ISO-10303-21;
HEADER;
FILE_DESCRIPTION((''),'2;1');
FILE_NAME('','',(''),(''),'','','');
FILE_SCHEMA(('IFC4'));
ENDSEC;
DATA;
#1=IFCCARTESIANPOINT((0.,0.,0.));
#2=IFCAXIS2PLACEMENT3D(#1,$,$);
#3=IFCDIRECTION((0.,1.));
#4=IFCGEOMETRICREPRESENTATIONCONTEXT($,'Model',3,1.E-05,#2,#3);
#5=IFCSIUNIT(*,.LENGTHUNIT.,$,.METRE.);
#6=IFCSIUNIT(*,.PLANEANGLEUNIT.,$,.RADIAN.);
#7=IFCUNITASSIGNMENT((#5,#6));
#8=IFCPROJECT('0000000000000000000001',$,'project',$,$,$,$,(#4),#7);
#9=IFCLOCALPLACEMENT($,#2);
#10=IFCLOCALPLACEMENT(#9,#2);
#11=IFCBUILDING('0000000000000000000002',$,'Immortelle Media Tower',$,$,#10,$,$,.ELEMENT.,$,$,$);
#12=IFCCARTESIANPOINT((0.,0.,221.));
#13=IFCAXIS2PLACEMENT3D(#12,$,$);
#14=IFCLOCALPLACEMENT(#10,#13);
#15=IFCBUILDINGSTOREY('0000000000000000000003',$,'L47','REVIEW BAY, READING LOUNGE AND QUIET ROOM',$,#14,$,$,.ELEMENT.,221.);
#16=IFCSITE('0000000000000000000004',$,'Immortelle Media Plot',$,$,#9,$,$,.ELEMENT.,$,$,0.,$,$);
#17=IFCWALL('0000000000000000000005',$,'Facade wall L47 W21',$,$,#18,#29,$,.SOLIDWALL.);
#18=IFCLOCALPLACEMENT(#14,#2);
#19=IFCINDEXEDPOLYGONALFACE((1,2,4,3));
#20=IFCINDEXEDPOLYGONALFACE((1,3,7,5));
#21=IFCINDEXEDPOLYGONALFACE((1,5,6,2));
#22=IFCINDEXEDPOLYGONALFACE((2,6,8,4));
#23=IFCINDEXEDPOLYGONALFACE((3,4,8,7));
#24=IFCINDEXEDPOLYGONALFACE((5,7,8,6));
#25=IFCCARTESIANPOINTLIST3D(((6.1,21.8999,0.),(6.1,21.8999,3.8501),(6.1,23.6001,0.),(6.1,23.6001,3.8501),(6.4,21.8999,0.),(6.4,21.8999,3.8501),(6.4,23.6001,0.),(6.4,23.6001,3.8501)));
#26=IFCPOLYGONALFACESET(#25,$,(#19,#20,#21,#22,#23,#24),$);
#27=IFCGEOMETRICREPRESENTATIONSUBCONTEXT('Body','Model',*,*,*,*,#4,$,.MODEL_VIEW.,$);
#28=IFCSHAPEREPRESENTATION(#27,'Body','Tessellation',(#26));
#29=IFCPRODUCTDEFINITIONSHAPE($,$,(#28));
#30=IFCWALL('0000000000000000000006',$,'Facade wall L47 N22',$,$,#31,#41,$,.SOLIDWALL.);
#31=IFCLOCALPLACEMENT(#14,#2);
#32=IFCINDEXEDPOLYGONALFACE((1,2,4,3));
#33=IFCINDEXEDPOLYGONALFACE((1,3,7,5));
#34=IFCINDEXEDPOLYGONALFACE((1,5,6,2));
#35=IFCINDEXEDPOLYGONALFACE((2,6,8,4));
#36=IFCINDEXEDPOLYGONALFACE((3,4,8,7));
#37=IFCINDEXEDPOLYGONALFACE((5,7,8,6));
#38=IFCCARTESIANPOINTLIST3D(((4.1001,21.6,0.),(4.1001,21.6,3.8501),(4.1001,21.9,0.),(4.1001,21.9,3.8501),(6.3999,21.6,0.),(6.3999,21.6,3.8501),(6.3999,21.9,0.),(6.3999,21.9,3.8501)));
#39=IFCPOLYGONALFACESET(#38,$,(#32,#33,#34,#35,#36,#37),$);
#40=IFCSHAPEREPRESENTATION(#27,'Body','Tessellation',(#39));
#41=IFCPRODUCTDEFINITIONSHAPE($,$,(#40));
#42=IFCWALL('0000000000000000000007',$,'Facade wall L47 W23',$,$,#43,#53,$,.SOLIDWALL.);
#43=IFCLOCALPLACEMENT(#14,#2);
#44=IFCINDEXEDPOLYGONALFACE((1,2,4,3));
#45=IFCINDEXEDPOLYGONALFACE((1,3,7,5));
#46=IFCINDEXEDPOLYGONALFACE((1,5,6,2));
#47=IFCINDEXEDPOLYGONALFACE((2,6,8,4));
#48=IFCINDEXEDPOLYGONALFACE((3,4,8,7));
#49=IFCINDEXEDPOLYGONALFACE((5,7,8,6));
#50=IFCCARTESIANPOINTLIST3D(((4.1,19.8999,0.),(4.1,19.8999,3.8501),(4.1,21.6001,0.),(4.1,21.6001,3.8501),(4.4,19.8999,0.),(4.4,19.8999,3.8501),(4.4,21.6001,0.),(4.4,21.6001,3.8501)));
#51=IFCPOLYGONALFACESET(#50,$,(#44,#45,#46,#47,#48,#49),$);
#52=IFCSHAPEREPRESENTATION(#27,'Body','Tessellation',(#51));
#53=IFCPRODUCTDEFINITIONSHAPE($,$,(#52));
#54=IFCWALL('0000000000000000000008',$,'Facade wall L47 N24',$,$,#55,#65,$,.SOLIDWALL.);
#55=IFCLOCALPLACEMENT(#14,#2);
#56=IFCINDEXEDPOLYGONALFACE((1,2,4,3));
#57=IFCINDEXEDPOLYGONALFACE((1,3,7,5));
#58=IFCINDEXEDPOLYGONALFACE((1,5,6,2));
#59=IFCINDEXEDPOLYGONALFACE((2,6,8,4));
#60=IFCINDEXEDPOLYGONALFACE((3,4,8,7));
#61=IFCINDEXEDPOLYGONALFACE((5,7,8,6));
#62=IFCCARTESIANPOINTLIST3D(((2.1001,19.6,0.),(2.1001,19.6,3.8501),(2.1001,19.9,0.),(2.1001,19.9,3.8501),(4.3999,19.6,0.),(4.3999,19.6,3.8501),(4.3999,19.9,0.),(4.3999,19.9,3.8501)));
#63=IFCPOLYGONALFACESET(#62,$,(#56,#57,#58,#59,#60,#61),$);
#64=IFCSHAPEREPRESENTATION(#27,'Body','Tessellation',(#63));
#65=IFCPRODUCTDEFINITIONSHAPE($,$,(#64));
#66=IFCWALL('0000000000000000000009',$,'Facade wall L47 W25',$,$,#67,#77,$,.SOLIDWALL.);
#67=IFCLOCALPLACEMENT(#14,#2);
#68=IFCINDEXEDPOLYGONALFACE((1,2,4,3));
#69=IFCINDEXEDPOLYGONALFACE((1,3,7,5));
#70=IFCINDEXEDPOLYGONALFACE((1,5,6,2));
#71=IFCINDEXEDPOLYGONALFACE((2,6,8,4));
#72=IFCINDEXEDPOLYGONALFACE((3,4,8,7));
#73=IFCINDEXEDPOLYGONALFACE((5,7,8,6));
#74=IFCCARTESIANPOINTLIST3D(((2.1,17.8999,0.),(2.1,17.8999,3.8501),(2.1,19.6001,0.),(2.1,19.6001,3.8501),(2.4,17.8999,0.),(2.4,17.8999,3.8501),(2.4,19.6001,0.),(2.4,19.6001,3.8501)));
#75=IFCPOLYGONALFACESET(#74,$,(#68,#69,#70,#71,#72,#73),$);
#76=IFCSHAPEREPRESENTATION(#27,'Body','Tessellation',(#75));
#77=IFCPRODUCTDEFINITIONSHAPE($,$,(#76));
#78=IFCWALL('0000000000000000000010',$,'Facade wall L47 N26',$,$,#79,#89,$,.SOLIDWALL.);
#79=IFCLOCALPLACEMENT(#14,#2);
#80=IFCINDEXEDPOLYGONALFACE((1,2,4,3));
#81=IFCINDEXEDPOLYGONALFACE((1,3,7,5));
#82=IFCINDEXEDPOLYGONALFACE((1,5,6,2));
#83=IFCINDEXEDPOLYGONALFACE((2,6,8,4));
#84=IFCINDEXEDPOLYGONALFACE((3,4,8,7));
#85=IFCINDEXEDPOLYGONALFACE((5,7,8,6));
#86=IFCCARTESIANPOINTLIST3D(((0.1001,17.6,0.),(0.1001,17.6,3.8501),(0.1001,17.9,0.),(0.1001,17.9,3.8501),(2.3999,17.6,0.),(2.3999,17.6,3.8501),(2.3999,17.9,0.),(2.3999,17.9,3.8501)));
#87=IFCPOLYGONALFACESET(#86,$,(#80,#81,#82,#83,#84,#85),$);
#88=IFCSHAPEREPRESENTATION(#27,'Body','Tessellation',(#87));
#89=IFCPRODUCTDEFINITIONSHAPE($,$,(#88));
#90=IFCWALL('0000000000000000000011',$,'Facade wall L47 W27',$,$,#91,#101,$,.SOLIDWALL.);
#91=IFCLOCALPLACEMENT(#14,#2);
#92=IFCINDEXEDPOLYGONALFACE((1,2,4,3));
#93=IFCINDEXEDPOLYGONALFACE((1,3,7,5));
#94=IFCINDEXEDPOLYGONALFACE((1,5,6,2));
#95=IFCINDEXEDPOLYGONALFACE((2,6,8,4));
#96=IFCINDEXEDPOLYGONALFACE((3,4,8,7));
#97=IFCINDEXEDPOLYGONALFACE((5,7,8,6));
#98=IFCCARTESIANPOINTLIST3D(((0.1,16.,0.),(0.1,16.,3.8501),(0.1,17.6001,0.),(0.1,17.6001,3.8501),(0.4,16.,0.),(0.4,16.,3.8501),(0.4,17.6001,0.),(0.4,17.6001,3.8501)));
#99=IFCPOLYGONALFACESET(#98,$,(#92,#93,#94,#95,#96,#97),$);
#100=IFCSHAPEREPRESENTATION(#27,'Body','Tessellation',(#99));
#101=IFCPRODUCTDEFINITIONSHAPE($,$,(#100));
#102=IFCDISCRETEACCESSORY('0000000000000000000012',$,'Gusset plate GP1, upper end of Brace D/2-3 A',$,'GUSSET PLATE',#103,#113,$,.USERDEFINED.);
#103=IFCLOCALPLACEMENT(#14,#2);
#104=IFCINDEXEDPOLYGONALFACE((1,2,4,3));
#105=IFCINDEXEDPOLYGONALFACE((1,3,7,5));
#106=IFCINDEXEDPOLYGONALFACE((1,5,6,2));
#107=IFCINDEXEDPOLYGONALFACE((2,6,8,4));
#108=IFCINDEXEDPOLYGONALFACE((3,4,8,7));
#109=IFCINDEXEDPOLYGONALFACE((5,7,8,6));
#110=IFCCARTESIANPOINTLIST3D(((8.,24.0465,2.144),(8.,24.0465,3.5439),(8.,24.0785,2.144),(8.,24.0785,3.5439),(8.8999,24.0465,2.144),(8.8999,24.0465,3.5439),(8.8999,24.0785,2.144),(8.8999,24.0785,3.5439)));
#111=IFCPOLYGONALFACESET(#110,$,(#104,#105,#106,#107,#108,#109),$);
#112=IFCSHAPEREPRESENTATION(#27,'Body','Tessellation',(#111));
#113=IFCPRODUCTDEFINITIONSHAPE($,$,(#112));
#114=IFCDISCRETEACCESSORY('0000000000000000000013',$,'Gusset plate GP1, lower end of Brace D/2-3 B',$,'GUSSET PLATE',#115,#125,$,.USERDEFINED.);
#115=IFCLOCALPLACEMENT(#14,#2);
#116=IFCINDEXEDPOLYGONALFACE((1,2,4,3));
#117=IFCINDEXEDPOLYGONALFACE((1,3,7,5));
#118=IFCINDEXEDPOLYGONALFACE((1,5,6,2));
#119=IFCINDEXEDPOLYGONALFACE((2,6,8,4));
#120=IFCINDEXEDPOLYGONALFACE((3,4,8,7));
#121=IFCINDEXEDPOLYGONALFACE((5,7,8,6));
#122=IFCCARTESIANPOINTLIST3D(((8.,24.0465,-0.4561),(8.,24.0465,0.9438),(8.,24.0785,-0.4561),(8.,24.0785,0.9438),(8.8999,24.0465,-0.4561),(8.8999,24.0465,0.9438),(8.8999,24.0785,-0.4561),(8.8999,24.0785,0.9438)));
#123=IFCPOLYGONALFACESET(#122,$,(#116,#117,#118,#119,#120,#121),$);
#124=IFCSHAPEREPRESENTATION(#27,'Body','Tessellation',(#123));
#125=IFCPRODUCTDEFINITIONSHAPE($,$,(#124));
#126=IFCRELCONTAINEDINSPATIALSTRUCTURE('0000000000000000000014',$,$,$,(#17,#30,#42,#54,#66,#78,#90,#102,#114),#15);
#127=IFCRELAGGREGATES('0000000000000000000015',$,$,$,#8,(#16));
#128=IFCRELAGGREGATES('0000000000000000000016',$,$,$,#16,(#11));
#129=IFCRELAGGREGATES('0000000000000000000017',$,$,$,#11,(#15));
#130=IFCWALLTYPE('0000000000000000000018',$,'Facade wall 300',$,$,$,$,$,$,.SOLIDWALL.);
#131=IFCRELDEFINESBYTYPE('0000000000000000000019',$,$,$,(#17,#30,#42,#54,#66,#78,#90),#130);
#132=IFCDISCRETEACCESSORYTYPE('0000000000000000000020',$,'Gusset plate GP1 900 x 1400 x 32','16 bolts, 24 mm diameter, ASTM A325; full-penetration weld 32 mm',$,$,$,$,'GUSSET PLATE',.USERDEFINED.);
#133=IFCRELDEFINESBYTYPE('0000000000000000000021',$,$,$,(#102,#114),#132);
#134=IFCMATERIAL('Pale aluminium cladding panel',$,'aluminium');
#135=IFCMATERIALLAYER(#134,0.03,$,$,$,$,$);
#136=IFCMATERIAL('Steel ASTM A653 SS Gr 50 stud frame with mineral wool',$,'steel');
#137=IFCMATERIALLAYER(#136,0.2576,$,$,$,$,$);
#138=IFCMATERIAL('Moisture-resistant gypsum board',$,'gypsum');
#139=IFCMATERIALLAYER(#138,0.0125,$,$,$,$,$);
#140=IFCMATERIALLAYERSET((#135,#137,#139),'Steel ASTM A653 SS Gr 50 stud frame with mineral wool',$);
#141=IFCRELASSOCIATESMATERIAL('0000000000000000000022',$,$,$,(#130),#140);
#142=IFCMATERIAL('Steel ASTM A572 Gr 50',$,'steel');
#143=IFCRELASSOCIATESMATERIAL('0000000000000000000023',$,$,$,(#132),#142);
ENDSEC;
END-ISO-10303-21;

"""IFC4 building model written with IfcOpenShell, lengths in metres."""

from ifc_helpers import new_model, si_unit, direction, frame, frame_2d, origin, origin_2d, place, context, subcontext, project, spatial, rectangle, extrude, material, layer, layer_set, material_profile, profile_set, type_object, element, save


model = new_model("IFC4")

# Units and contexts
model_context = context("Model", 3, precision=1e-05, world=origin(), true_north=direction((0.0, 1.0)))
body_context = subcontext(model_context, "Body", "Model", "MODEL_VIEW")
ifc_project = project(units=[si_unit("LENGTHUNIT", "METRE"), si_unit("PLANEANGLEUNIT", "RADIAN")], contexts=[model_context])

# Site, building, storey
site_placement = place(None, origin())
site = spatial("IfcSite", under=ifc_project, at=site_placement, Name="Immortelle Media Plot", CompositionType="ELEMENT", RefElevation=0.0)
building_placement = place(site_placement, origin())
building = spatial("IfcBuilding", under=site, at=building_placement, Name="Immortelle Media Tower", CompositionType="ELEMENT")
storey_placement = place(building_placement, frame((0.0, 0.0, 221.0)))
storey = spatial("IfcBuildingStorey", under=building, at=storey_placement, Name="L47", Description="REVIEW BAY, READING LOUNGE AND QUIET ROOM", CompositionType="ELEMENT", Elevation=221.0)

# Walls
ifc_material_1 = material(Name="Steel ASTM A653 SS Gr 50 stud frame with mineral wool", Category="steel")
ifc_material_2 = material(Name="Pale aluminium cladding panel", Category="aluminium")
ifc_layer_1 = layer(ifc_material_2, 0.03)
ifc_layer_2 = layer(ifc_material_1, 0.2576)
ifc_material_3 = material(Name="Moisture-resistant gypsum board", Category="gypsum")
ifc_layer_3 = layer(ifc_material_3, 0.0125)
ifc_layer_set_1 = layer_set([ifc_layer_1, ifc_layer_2, ifc_layer_3], Name="Steel ASTM A653 SS Gr 50 stud frame with mineral wool")
wall_type_1 = type_object("IfcWallType", Name="Facade wall 300", PredefinedType="SOLIDWALL", material=ifc_layer_set_1)
wall_1_placement = place(storey_placement, frame((6.25, 23.6001, 0.0), z_axis=(0.0, 0.0, 1.0), x_axis=(0.0, -1.0, 0.0)))
element("IfcWall", 1, at=wall_1_placement, inside=storey, type_object=wall_type_1, Name="Facade wall L47 W21", PredefinedType="SOLIDWALL", context=body_context, shape_type="SweptSolid", body=[
    extrude(rectangle(XDim=1.7002, YDim=0.3, at=frame_2d((0.8501, 0.0))), origin(), (0.0, 0.0, 1.0), 3.8501),
])
wall_2_placement = place(storey_placement, frame((6.3999, 21.75, 0.0), z_axis=(0.0, 0.0, 1.0), x_axis=(-1.0, 0.0, 0.0)))
element("IfcWall", 2, at=wall_2_placement, inside=storey, type_object=wall_type_1, Name="Facade wall L47 N22", PredefinedType="SOLIDWALL", context=body_context, shape_type="SweptSolid", body=[
    extrude(rectangle(XDim=2.2998, YDim=0.3, at=frame_2d((1.1499, 0.0))), origin(), (0.0, 0.0, 1.0), 3.8501),
])
wall_3_placement = place(storey_placement, frame((4.25, 21.6001, 0.0), z_axis=(0.0, 0.0, 1.0), x_axis=(0.0, -1.0, 0.0)))
element("IfcWall", 3, at=wall_3_placement, inside=storey, type_object=wall_type_1, Name="Facade wall L47 W23", PredefinedType="SOLIDWALL", context=body_context, shape_type="SweptSolid", body=[
    extrude(rectangle(XDim=1.7002, YDim=0.3, at=frame_2d((0.8501, 0.0))), origin(), (0.0, 0.0, 1.0), 3.8501),
])
wall_4_placement = place(storey_placement, frame((4.3999, 19.75, 0.0), z_axis=(0.0, 0.0, 1.0), x_axis=(-1.0, 0.0, 0.0)))
element("IfcWall", 4, at=wall_4_placement, inside=storey, type_object=wall_type_1, Name="Facade wall L47 N24", PredefinedType="SOLIDWALL", context=body_context, shape_type="SweptSolid", body=[
    extrude(rectangle(XDim=2.2998, YDim=0.3, at=frame_2d((1.1499, 0.0))), origin(), (0.0, 0.0, 1.0), 3.8501),
])
wall_5_placement = place(storey_placement, frame((2.25, 19.6001, 0.0), z_axis=(0.0, 0.0, 1.0), x_axis=(0.0, -1.0, 0.0)))
element("IfcWall", 5, at=wall_5_placement, inside=storey, type_object=wall_type_1, Name="Facade wall L47 W25", PredefinedType="SOLIDWALL", context=body_context, shape_type="SweptSolid", body=[
    extrude(rectangle(XDim=1.7002, YDim=0.3, at=frame_2d((0.8501, 0.0))), origin(), (0.0, 0.0, 1.0), 3.8501),
])
wall_6_placement = place(storey_placement, frame((2.3999, 17.75, 0.0), z_axis=(0.0, 0.0, 1.0), x_axis=(-1.0, 0.0, 0.0)))
element("IfcWall", 6, at=wall_6_placement, inside=storey, type_object=wall_type_1, Name="Facade wall L47 N26", PredefinedType="SOLIDWALL", context=body_context, shape_type="SweptSolid", body=[
    extrude(rectangle(XDim=2.2998, YDim=0.3, at=frame_2d((1.1499, 0.0))), origin(), (0.0, 0.0, 1.0), 3.8501),
])
wall_7_placement = place(storey_placement, frame((0.25, 17.6001, 0.0), z_axis=(0.0, 0.0, 1.0), x_axis=(0.0, -1.0, 0.0)))
element("IfcWall", 7, at=wall_7_placement, inside=storey, type_object=wall_type_1, Name="Facade wall L47 W27", PredefinedType="SOLIDWALL", context=body_context, shape_type="SweptSolid", body=[
    extrude(rectangle(XDim=1.6001, YDim=0.3, at=frame_2d((0.8, 0.0))), origin(), (0.0, 0.0, 1.0), 3.8501),
])

# Discrete accessories
ifc_material_4 = material(Name="Steel ASTM A572 Gr 50", Category="steel")
ifc_material_profile_1 = material_profile(ifc_material_4, rectangle(XDim=0.032, YDim=1.3999, at=origin_2d()), Name="PL 32 x 1400")
ifc_profile_set_1 = profile_set([ifc_material_profile_1], Name="Steel ASTM A572 Gr 50")
discrete_accessory_type = type_object("IfcDiscreteAccessoryType", Name="Gusset plate GP1 900 x 1400 x 32", Description="16 bolts, 24 mm diameter, ASTM A325; full-penetration weld 32 mm", ElementType="GUSSET PLATE", PredefinedType="USERDEFINED", material=ifc_profile_set_1)
for number, where, z_axis, x_axis, name in (
    (8, (8.0, 24.0625, 2.844), (1.0, 0.0, 0.0), (0.0, 1.0, 0.0), "Gusset plate GP1, upper end of Brace D/2-3 A"),
    (9, (8.0, 24.0625, 0.2439), (1.0, 0.0, 0.0), (0.0, 1.0, 0.0), "Gusset plate GP1, lower end of Brace D/2-3 B"),
):
    element("IfcDiscreteAccessory", number, at=place(storey_placement, frame(where, z_axis=z_axis, x_axis=x_axis)), inside=storey, type_object=discrete_accessory_type, Name=name, ObjectType="GUSSET PLATE", PredefinedType="USERDEFINED", context=body_context, shape_type="SweptSolid", body=[
        extrude(rectangle(XDim=0.032, YDim=1.3999, at=origin_2d()), origin(), (0.0, 0.0, 1.0), 0.8999),
    ])

save(model, "model.ifc")
